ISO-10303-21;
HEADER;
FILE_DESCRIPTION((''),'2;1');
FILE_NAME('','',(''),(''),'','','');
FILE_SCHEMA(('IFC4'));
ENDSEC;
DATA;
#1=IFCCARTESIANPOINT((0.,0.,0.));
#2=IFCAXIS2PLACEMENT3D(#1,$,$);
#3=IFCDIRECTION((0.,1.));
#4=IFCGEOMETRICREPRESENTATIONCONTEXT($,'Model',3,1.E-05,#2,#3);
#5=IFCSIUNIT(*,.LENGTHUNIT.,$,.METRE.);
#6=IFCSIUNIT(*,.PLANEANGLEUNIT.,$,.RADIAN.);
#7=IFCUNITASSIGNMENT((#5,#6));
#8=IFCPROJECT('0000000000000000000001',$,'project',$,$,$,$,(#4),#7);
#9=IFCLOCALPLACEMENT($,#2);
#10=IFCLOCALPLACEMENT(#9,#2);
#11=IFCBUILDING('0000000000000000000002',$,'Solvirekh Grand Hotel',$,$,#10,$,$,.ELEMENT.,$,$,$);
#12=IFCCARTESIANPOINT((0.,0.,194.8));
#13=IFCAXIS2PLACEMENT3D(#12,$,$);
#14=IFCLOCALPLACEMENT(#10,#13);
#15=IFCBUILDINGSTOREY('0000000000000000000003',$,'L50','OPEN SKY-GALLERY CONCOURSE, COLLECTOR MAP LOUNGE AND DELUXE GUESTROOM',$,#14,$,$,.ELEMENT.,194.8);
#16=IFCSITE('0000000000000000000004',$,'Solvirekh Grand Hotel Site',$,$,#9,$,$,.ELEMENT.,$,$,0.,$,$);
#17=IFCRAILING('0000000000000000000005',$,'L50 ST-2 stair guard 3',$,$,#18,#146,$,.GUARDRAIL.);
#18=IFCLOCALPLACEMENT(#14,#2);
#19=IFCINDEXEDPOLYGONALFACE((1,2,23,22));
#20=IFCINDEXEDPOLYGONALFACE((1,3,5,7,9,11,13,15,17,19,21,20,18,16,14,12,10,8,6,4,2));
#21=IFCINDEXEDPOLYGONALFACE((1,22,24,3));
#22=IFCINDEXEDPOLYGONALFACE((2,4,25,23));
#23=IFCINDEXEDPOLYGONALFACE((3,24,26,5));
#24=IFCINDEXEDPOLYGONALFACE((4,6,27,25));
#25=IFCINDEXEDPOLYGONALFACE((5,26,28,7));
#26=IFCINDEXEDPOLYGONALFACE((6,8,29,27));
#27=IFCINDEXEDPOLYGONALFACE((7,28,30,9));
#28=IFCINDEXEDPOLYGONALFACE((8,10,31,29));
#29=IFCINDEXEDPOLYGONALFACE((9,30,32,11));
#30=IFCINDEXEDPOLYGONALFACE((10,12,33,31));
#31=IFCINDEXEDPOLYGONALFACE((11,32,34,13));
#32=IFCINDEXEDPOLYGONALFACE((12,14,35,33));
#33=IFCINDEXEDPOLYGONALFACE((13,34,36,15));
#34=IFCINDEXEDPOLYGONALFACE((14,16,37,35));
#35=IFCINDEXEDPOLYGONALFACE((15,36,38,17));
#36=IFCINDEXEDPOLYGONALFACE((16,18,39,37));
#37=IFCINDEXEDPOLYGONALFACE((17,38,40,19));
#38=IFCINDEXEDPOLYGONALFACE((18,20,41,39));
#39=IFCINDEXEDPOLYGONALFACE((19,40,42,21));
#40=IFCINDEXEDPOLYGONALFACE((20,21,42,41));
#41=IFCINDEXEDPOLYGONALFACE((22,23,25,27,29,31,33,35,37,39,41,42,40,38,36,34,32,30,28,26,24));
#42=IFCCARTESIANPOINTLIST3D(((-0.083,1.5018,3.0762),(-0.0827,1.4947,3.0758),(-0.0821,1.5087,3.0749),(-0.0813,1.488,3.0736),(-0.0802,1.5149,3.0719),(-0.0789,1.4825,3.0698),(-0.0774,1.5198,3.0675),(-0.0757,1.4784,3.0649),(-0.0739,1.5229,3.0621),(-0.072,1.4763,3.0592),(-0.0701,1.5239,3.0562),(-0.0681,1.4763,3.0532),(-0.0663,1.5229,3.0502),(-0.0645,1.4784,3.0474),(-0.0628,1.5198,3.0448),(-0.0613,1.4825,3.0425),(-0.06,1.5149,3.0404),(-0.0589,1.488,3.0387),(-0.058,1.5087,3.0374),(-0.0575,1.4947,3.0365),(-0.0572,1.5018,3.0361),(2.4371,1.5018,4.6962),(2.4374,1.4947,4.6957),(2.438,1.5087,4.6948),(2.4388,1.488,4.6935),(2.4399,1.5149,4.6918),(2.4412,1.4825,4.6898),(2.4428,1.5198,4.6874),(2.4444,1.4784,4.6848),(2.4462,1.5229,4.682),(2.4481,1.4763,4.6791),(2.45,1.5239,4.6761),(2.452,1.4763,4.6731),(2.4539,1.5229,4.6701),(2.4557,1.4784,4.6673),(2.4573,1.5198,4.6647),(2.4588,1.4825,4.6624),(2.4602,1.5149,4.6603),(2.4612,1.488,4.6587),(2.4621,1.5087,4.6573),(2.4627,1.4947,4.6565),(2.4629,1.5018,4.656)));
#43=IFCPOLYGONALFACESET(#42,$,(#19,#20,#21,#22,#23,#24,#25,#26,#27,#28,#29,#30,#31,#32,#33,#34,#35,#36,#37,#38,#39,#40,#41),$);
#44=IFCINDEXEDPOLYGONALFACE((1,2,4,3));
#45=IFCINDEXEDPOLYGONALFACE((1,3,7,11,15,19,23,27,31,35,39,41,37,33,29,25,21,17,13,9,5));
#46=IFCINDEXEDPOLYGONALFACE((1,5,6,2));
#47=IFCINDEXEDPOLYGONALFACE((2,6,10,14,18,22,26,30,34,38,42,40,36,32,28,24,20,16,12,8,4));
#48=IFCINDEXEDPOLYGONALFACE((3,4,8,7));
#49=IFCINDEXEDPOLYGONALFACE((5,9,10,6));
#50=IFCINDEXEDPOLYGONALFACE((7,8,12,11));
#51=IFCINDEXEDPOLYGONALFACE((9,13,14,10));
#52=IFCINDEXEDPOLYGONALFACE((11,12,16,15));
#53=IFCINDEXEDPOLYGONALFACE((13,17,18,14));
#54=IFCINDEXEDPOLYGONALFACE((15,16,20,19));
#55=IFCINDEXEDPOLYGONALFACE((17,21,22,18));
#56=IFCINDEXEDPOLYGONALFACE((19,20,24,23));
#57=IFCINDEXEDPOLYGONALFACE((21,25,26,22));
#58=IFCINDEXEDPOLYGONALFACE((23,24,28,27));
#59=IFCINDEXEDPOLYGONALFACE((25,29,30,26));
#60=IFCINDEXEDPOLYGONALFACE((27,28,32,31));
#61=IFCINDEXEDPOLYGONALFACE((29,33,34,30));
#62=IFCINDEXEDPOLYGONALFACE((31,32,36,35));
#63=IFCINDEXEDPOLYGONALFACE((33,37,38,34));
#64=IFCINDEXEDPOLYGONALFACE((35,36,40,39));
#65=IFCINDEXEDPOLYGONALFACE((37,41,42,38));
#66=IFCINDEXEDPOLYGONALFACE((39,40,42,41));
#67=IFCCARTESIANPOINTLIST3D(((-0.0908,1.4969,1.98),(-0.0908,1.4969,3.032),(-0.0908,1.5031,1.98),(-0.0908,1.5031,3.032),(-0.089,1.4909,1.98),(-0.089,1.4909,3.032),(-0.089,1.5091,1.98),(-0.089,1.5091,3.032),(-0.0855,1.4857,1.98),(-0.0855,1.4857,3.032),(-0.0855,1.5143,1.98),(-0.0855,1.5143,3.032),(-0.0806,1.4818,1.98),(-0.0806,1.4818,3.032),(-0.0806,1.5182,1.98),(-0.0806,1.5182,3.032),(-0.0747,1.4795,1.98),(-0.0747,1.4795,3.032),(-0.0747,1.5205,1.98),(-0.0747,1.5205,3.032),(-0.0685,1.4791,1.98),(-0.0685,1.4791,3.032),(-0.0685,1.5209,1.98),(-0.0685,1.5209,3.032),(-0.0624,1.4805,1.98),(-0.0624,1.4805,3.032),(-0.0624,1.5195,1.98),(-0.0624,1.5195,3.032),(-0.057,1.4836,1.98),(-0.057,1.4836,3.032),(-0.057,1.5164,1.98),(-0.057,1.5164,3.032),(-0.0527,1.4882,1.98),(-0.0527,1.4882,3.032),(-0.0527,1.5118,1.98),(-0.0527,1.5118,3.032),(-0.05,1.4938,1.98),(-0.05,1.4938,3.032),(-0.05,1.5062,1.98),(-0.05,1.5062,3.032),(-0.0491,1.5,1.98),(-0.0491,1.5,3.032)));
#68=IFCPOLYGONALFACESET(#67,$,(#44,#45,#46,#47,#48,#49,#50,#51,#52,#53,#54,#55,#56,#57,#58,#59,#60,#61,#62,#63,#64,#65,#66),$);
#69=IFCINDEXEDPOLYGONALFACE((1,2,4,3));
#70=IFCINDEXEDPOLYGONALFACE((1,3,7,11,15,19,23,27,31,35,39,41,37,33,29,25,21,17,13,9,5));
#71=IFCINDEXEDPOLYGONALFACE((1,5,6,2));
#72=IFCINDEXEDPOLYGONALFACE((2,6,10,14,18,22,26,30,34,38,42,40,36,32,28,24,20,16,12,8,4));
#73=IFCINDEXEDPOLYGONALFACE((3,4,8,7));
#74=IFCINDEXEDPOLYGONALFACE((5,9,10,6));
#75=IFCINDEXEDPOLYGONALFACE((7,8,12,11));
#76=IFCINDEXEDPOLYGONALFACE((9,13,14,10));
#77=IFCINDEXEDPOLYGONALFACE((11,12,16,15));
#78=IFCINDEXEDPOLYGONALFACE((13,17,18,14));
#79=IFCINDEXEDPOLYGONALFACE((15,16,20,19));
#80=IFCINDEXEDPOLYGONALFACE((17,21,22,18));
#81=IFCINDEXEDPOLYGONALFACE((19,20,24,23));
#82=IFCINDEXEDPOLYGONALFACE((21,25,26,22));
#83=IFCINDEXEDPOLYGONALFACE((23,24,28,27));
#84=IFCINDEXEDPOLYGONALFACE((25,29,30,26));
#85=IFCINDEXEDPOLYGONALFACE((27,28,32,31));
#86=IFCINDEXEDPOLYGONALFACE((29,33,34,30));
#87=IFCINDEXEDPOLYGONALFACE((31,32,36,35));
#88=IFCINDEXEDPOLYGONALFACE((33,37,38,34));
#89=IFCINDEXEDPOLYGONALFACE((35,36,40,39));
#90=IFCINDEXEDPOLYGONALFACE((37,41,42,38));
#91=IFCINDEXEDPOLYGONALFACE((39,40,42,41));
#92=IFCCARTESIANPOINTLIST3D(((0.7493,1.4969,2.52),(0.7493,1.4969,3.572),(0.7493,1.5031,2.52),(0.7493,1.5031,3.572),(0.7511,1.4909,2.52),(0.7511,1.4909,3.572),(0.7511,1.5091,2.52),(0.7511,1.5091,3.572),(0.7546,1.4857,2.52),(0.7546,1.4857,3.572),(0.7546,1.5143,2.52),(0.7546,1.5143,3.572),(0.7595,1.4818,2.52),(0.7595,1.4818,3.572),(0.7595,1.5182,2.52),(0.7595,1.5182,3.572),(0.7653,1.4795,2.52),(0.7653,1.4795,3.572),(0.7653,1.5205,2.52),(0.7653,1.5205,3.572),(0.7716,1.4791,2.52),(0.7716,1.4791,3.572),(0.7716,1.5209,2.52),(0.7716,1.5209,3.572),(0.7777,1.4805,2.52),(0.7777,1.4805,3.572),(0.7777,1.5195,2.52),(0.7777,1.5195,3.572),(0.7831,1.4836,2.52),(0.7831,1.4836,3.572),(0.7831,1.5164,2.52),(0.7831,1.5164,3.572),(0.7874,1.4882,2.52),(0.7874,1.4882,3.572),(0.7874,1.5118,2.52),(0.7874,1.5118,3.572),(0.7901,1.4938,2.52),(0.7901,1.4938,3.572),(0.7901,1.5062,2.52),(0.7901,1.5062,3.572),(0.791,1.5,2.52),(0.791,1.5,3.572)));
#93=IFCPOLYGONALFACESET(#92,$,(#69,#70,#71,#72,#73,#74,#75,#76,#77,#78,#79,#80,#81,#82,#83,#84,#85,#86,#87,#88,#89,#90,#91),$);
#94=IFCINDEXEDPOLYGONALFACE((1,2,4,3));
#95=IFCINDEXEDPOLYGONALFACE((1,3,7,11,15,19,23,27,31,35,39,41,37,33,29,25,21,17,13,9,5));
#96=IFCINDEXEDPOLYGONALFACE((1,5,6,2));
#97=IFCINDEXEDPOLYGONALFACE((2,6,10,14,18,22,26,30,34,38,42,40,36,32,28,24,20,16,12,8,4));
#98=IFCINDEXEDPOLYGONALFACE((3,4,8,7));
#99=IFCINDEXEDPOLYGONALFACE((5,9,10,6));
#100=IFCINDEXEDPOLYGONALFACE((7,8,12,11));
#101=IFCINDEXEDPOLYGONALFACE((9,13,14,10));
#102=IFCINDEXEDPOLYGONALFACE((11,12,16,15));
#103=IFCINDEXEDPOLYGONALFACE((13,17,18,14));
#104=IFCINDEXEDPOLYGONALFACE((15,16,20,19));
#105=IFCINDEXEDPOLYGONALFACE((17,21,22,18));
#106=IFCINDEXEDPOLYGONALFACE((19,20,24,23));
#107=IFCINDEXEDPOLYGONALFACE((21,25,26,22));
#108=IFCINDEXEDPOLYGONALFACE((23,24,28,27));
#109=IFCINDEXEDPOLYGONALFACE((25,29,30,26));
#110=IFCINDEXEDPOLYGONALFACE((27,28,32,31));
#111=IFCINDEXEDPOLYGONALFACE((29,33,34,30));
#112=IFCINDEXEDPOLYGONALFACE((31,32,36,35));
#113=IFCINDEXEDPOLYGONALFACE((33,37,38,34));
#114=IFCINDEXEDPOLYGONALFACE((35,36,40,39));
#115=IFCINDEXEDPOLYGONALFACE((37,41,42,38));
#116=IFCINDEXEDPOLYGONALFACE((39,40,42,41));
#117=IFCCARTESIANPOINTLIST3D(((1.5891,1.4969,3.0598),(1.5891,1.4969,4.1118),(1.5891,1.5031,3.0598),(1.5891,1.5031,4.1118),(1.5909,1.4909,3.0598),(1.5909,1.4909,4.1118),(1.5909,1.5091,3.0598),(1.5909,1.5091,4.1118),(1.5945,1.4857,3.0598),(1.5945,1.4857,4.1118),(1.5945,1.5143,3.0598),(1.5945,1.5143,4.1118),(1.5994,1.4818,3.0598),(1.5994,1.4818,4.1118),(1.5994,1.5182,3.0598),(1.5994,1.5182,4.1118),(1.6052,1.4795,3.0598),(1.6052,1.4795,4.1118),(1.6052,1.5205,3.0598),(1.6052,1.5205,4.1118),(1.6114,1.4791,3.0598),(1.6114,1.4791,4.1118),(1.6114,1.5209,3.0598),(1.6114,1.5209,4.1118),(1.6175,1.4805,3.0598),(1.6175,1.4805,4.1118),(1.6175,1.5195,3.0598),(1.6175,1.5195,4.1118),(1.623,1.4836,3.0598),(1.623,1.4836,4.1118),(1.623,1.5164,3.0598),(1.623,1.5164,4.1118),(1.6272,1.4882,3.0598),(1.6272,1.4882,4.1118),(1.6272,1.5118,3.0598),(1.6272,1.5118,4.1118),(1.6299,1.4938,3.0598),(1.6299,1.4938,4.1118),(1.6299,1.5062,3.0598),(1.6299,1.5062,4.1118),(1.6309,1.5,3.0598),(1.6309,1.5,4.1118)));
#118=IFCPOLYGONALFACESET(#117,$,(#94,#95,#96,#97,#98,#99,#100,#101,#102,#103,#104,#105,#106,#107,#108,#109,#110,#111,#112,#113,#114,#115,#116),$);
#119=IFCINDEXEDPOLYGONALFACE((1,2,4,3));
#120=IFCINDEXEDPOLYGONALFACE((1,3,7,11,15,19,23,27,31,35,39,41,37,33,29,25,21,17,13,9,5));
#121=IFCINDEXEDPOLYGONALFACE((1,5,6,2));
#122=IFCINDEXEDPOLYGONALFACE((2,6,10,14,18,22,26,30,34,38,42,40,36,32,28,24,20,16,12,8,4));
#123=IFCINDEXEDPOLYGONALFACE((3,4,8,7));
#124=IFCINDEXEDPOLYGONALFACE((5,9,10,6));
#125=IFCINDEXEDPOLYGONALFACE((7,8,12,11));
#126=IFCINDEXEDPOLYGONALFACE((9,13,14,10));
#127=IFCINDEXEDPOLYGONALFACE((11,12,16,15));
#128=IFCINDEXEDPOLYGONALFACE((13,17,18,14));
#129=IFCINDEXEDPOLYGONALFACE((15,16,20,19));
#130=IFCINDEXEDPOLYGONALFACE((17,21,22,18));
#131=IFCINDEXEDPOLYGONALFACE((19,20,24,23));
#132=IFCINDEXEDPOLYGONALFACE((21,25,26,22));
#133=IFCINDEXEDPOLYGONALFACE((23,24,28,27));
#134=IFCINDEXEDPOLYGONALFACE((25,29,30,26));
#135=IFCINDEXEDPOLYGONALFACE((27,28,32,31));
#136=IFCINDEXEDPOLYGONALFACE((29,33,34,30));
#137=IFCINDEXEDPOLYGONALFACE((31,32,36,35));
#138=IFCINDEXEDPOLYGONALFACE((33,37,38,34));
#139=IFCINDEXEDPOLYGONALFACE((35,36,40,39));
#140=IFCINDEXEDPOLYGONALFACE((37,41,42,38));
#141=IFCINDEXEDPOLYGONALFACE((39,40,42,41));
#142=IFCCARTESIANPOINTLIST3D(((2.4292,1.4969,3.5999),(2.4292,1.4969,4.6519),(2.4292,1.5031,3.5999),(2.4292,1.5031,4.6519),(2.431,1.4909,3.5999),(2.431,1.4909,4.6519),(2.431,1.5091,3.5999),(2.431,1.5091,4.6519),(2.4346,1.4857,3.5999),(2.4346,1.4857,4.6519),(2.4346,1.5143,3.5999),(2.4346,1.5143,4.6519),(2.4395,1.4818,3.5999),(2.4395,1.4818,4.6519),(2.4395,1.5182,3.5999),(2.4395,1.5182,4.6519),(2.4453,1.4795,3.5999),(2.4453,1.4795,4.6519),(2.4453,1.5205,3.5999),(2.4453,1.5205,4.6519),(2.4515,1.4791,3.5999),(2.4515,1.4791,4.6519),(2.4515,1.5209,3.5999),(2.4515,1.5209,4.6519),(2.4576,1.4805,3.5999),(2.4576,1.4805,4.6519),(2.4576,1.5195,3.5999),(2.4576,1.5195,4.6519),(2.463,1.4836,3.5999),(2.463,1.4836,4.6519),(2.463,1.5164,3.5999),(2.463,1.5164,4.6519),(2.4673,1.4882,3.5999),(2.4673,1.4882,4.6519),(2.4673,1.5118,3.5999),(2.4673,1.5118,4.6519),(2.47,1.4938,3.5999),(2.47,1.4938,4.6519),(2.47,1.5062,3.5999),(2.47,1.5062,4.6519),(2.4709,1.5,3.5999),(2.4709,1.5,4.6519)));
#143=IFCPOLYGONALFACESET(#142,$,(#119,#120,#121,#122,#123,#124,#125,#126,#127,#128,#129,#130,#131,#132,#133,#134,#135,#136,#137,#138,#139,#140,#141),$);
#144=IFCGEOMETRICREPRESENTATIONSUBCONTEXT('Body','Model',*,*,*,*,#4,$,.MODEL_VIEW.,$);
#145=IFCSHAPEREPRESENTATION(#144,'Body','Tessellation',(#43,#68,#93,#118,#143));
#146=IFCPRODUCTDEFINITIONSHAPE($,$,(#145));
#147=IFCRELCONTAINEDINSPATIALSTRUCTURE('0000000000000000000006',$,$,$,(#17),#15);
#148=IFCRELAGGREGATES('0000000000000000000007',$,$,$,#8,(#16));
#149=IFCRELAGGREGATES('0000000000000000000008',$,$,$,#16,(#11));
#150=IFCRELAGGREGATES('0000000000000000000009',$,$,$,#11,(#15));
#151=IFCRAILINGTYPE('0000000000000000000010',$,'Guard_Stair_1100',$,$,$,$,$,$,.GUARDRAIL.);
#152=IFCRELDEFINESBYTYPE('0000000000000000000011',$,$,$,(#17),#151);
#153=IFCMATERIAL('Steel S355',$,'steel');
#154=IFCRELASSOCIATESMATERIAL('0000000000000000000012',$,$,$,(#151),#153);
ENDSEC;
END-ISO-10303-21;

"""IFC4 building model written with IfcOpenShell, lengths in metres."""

from ifc_helpers import new_model, si_unit, direction, frame, origin, origin_2d, place, context, subcontext, project, spatial, circle, extrude, material, type_object, element, save


model = new_model("IFC4")

# Units and contexts
model_context = context("Model", 3, precision=1e-05, world=origin(), true_north=direction((0.0, 1.0)))
body_context = subcontext(model_context, "Body", "Model", "MODEL_VIEW")
ifc_project = project(units=[si_unit("LENGTHUNIT", "METRE"), si_unit("PLANEANGLEUNIT", "RADIAN")], contexts=[model_context])

# Site, building, storey
site_placement = place(None, origin())
site = spatial("IfcSite", under=ifc_project, at=site_placement, Name="Solvirekh Grand Hotel Site", CompositionType="ELEMENT", RefElevation=0.0)
building_placement = place(site_placement, origin())
building = spatial("IfcBuilding", under=site, at=building_placement, Name="Solvirekh Grand Hotel", CompositionType="ELEMENT")
storey_placement = place(building_placement, frame((0.0, 0.0, 194.8)))
storey = spatial("IfcBuildingStorey", under=building, at=storey_placement, Name="L50", Description="OPEN SKY-GALLERY CONCOURSE, COLLECTOR MAP LOUNGE AND DELUXE GUESTROOM", CompositionType="ELEMENT", Elevation=194.8)

# Shared definitions
ifc_material_1 = material(Name="Steel S355", Category="steel")

# Railing
railing_type_1 = type_object("IfcRailingType", Name="Guard_Stair_1100", PredefinedType="GUARDRAIL", material=ifc_material_1)
railing_1_placement = place(storey_placement, frame((-0.0701, 1.5, 1.98)))
element("IfcRailing", 1, at=railing_1_placement, inside=storey, type_object=railing_type_1, Name="L50 ST-2 stair guard 3", PredefinedType="GUARDRAIL", context=body_context, shape_type="SweptSolid", body=[
    extrude(circle(Radius=0.0239, at=origin_2d()), frame((0.0, 0.0, 1.0762), z_axis=(0.8412, 0.0, 0.540725), x_axis=(0.0, 1.0, 0.0)), (0.0, 0.0, 1.0), 2.9958),
    extrude(circle(Radius=0.021, at=origin_2d()), origin(), (0.0, 0.0, 1.0), 1.052),
    extrude(circle(Radius=0.021, at=origin_2d()), frame((0.8401, 0.0, 0.54)), (0.0, 0.0, 1.0), 1.052),
    extrude(circle(Radius=0.021, at=origin_2d()), frame((1.6799, 0.0, 1.0798)), (0.0, 0.0, 1.0), 1.052),
    extrude(circle(Radius=0.021, at=origin_2d()), frame((2.52, 0.0, 1.6199)), (0.0, 0.0, 1.0), 1.052),
])

save(model, "model.ifc")
